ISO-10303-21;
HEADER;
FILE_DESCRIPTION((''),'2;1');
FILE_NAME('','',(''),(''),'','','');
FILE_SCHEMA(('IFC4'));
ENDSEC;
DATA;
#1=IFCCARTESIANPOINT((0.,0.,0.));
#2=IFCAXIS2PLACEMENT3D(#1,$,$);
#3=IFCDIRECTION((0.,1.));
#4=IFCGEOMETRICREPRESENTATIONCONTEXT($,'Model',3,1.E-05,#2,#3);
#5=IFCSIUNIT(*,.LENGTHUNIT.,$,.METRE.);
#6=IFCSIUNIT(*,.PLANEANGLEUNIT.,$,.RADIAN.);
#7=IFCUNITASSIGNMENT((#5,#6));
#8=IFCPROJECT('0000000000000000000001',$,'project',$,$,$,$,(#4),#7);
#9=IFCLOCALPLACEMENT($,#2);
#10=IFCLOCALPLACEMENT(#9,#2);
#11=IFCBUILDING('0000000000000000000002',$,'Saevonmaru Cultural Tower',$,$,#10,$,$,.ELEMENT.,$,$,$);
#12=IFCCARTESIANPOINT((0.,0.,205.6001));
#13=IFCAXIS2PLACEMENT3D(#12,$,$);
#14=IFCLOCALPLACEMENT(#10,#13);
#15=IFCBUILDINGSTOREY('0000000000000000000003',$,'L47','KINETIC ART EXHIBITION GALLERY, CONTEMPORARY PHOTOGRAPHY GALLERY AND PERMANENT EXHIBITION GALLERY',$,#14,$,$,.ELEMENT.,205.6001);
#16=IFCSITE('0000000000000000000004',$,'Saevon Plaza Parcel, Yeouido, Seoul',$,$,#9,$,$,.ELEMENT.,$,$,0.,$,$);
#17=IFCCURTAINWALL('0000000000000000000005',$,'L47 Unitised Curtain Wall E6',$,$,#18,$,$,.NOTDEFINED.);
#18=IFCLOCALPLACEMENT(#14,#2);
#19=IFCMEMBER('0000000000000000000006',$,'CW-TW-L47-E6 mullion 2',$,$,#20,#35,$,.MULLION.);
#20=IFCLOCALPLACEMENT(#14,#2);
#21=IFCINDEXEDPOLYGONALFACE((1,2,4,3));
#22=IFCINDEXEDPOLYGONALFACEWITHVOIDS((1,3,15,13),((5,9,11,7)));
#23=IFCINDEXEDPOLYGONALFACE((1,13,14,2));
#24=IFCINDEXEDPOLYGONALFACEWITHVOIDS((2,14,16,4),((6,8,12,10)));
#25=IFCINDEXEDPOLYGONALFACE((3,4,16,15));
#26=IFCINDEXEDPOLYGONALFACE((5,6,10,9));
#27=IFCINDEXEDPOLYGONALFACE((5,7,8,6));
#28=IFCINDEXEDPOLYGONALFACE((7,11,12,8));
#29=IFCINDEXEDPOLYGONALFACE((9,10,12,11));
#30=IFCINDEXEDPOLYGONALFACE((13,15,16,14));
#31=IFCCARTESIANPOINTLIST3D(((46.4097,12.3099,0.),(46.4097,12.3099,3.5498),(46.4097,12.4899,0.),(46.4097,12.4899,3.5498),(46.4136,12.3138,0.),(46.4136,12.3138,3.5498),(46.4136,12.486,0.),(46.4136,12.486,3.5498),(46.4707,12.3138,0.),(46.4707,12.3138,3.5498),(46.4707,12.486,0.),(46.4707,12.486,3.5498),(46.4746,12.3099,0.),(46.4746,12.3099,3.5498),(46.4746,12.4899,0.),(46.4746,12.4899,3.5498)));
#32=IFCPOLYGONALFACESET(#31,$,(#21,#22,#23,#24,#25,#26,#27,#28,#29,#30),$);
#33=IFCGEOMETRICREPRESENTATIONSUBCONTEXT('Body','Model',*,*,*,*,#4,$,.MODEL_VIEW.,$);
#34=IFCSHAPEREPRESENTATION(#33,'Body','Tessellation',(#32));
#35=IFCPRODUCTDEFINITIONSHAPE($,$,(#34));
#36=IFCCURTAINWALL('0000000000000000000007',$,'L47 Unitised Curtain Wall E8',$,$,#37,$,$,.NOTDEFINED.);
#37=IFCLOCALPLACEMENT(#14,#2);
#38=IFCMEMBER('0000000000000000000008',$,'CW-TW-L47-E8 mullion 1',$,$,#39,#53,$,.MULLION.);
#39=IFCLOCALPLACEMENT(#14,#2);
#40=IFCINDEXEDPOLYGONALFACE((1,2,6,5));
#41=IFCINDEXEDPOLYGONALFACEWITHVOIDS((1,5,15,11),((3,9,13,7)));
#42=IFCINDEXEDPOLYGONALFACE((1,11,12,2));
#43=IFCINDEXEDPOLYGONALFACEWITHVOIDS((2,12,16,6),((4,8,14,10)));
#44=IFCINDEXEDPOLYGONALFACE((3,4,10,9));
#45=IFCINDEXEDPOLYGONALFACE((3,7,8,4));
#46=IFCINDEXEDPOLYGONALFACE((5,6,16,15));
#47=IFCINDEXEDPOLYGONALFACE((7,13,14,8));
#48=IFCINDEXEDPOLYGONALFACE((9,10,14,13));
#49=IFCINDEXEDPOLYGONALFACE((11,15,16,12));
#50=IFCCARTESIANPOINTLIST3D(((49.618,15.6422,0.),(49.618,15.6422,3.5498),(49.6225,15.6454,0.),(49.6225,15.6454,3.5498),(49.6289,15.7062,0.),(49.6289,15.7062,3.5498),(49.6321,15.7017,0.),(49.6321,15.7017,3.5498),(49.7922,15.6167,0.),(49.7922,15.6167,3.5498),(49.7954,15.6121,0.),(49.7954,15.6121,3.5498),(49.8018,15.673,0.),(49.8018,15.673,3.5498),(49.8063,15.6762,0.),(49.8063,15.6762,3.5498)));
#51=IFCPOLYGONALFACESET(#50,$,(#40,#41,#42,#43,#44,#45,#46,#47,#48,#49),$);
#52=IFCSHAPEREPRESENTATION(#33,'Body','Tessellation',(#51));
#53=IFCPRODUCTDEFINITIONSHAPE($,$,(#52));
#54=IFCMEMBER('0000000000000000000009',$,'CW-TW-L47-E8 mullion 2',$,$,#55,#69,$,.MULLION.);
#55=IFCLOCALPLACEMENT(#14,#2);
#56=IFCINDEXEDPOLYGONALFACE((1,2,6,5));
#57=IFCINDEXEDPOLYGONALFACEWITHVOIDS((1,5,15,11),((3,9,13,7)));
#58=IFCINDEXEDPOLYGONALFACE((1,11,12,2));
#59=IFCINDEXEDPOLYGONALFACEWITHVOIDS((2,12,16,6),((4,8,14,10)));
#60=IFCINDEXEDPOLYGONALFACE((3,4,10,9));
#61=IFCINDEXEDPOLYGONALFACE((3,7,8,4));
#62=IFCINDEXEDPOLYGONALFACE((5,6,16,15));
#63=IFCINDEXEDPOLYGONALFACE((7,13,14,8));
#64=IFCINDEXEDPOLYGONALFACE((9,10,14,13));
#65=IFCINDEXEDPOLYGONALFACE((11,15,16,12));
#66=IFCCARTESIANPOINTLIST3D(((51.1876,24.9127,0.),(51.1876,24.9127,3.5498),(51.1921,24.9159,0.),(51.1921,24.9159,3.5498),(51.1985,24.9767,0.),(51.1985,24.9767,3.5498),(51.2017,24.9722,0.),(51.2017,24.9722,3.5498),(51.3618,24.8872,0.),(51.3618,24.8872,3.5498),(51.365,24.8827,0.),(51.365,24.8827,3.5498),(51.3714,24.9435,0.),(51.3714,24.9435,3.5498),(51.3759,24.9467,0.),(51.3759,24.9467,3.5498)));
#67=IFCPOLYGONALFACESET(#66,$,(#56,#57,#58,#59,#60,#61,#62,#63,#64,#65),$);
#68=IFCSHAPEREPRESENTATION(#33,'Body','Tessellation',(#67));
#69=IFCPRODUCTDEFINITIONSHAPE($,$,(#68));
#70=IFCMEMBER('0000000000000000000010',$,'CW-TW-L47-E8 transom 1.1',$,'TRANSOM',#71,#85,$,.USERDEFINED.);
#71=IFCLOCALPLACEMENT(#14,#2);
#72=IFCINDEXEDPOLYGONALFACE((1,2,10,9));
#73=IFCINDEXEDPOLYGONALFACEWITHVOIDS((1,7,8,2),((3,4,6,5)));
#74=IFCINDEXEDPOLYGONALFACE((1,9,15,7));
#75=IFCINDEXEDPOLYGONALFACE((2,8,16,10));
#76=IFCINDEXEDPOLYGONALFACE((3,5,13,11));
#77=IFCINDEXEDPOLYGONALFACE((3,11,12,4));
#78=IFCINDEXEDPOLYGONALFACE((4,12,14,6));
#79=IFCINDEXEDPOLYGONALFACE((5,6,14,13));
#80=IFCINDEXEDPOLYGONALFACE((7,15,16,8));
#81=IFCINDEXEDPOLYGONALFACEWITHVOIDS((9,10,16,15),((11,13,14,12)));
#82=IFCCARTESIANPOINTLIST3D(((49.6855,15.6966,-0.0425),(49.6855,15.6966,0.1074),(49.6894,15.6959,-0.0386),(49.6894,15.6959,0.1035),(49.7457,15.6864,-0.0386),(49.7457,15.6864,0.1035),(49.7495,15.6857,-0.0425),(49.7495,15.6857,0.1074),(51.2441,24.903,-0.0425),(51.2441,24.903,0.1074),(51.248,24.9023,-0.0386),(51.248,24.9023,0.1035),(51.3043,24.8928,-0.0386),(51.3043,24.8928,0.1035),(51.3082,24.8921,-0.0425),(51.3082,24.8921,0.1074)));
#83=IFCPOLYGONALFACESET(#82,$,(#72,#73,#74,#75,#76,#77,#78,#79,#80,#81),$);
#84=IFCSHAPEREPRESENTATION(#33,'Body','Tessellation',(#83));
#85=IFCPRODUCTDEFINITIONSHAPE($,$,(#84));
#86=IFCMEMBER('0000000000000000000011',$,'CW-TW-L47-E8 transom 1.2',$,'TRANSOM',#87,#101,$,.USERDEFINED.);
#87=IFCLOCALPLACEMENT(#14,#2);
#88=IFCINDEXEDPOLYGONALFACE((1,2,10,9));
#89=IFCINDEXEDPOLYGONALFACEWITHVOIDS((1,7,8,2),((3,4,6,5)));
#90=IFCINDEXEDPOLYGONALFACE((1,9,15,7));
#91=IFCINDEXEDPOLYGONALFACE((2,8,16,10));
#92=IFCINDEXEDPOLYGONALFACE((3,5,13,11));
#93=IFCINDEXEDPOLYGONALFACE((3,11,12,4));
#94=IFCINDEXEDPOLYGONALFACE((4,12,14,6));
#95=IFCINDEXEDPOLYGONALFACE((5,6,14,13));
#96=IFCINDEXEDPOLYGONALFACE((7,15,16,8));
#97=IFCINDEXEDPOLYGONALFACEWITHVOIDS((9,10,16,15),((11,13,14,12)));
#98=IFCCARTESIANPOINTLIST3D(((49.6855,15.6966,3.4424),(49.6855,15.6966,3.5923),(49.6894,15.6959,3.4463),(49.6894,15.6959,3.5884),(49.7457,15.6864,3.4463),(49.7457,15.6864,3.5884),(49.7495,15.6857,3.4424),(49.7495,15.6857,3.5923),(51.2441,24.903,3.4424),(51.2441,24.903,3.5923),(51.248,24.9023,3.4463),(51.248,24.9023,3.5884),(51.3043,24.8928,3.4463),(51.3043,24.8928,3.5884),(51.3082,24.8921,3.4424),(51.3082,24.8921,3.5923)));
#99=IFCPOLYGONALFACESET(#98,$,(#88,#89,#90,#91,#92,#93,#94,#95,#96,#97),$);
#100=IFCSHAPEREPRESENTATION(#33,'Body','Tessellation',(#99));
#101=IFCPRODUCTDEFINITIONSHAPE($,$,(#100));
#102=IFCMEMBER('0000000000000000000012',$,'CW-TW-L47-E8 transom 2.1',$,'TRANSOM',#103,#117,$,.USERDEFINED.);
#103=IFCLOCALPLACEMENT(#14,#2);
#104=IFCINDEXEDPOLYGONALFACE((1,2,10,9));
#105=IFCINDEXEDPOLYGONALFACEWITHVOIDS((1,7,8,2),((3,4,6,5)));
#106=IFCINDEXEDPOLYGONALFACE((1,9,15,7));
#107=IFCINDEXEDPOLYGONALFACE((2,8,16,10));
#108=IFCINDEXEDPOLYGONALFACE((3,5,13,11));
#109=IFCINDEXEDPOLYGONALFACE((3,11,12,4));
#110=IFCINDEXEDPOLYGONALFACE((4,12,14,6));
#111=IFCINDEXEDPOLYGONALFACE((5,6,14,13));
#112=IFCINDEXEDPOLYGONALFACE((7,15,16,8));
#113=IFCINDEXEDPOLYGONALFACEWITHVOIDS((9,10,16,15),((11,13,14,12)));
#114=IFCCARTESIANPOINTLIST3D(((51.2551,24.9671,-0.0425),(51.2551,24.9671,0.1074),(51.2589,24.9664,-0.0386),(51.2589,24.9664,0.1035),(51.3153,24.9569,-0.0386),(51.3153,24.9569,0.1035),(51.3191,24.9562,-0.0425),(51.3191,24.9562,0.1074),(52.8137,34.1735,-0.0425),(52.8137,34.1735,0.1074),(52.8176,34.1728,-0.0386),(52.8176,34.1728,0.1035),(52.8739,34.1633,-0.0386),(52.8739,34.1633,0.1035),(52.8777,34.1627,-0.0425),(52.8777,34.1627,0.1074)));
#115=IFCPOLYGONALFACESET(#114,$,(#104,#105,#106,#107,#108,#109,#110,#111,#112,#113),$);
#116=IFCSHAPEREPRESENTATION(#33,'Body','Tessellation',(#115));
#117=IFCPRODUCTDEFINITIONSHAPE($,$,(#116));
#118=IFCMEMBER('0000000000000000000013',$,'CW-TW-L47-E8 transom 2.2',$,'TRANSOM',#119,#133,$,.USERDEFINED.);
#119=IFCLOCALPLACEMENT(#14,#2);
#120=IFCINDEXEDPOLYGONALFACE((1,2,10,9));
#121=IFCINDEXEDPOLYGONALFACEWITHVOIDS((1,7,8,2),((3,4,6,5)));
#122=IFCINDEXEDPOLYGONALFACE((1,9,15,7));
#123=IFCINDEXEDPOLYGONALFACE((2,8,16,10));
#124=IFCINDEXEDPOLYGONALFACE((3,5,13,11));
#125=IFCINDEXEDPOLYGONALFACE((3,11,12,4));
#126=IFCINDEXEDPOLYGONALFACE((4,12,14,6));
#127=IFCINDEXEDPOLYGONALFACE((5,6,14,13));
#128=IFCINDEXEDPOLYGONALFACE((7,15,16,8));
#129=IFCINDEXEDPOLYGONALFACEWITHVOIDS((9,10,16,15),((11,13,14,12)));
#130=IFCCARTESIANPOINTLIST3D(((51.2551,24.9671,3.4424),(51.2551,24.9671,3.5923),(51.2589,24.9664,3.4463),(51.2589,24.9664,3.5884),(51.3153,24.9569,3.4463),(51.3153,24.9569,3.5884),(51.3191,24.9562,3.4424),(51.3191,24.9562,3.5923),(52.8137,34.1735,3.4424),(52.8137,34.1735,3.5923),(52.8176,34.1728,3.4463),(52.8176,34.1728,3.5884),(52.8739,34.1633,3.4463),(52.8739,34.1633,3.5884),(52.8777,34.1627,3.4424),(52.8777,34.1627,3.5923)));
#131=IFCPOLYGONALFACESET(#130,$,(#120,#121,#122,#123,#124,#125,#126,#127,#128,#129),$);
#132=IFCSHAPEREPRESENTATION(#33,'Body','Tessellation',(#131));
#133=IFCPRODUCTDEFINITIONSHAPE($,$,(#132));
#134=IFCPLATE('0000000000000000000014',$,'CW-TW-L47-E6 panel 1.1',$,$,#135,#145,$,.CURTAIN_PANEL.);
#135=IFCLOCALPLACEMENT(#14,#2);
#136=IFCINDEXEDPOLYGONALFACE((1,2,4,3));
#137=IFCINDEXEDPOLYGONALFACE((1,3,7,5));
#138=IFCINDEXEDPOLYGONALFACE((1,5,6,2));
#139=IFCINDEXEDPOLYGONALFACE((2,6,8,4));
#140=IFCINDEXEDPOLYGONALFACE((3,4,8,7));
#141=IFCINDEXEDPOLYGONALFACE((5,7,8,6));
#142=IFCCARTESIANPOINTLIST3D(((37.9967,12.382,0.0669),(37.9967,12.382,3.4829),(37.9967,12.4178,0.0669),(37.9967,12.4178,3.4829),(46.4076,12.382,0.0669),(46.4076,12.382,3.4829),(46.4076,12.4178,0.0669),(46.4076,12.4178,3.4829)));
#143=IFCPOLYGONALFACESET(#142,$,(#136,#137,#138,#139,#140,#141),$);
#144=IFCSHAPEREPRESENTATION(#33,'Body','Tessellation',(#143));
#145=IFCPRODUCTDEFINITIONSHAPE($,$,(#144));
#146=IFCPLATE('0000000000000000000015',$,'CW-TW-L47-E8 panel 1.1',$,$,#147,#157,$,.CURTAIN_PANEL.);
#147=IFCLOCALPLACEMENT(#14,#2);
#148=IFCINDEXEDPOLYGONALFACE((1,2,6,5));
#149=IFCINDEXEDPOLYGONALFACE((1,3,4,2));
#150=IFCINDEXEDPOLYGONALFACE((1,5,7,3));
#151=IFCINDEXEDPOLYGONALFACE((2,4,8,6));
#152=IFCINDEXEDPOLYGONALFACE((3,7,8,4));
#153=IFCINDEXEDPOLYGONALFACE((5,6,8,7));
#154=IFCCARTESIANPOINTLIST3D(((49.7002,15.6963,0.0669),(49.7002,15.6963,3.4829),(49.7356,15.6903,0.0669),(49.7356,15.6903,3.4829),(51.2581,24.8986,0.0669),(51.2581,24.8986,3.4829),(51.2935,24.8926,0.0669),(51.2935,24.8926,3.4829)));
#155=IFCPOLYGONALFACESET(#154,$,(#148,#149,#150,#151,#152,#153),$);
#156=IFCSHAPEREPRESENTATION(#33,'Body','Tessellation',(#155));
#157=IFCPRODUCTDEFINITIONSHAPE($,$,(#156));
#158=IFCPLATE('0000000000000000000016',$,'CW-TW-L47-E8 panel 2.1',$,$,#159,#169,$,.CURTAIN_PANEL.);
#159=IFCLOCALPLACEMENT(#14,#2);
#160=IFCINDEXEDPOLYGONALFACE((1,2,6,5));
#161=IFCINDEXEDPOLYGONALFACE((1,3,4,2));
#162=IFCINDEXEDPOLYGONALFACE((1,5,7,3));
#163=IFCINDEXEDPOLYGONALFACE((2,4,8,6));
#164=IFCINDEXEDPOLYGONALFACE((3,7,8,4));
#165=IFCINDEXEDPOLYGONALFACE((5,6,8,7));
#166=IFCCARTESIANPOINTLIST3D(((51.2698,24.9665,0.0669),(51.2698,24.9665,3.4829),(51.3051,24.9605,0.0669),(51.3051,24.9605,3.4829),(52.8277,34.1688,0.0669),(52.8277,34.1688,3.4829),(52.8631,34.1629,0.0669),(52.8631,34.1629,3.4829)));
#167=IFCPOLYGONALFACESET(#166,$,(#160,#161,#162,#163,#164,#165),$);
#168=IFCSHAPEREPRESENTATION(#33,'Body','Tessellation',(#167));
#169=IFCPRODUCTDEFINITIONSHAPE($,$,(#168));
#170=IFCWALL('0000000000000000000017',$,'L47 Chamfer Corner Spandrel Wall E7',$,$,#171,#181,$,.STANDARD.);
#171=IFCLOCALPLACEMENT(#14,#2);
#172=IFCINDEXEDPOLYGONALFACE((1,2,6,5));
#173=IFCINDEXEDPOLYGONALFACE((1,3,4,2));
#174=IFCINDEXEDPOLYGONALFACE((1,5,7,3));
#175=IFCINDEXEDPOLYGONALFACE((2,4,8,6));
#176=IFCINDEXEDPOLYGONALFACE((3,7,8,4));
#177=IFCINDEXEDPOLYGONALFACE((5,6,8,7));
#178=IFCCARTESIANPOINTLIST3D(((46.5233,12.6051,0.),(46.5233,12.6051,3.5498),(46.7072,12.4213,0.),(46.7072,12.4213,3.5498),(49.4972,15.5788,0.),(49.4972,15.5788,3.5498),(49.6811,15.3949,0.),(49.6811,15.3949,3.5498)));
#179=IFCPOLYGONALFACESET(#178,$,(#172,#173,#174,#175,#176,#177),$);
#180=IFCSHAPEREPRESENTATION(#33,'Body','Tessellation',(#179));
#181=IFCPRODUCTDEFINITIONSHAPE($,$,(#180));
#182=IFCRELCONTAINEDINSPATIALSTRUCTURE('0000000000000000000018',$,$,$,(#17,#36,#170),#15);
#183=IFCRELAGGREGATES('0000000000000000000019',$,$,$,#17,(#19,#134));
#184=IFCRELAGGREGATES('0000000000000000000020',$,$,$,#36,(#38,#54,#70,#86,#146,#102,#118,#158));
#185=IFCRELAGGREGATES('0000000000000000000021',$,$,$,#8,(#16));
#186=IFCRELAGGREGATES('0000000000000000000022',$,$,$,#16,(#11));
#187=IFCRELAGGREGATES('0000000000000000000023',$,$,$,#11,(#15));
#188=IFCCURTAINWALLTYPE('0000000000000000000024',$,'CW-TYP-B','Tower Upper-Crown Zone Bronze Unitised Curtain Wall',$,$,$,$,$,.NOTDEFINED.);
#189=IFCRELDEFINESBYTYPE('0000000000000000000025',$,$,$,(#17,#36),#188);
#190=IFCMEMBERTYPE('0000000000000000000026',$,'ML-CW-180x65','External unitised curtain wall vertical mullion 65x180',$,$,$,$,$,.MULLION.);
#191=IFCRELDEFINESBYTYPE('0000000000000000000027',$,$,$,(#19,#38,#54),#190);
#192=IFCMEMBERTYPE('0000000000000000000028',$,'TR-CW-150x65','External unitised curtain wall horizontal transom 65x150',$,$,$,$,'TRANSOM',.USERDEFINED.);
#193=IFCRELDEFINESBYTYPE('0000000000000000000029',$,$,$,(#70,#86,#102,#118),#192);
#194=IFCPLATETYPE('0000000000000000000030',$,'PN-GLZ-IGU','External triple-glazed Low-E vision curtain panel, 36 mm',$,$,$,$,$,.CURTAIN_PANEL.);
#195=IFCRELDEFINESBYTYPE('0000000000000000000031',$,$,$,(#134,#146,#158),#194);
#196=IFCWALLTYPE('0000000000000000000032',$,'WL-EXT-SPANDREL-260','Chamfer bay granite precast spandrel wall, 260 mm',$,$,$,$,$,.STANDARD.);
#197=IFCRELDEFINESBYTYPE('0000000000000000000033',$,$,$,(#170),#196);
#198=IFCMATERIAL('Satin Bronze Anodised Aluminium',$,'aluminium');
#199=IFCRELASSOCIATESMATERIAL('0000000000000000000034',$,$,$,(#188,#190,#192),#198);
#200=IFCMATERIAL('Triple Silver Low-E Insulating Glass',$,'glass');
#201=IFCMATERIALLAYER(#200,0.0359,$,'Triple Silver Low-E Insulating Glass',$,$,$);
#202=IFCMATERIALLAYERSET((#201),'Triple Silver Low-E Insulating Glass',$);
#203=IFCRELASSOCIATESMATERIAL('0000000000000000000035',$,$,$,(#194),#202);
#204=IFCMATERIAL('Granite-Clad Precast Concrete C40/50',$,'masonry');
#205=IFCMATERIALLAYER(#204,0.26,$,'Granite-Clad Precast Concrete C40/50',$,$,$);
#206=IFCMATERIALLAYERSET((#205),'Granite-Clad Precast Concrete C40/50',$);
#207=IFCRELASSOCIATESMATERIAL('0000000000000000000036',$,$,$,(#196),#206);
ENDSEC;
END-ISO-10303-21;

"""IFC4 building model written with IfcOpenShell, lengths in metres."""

from ifc_helpers import new_model, si_unit, direction, frame, frame_2d, origin, origin_2d, place, context, subcontext, project, spatial, rectangle, hollow_rectangle, extrude, material, layer, layer_set, material_profile, profile_set, type_object, element, aggregate, save


model = new_model("IFC4")

# Units and contexts
model_context = context("Model", 3, precision=1e-05, world=origin(), true_north=direction((0.0, 1.0)))
body_context = subcontext(model_context, "Body", "Model", "MODEL_VIEW")
ifc_project = project(units=[si_unit("LENGTHUNIT", "METRE"), si_unit("PLANEANGLEUNIT", "RADIAN")], contexts=[model_context])

# Site, building, storey
site_placement = place(None, origin())
site = spatial("IfcSite", under=ifc_project, at=site_placement, Name="Saevon Plaza Parcel, Yeouido, Seoul", CompositionType="ELEMENT", RefElevation=0.0)
building_placement = place(site_placement, origin())
building = spatial("IfcBuilding", under=site, at=building_placement, Name="Saevonmaru Cultural Tower", CompositionType="ELEMENT")
storey_placement = place(building_placement, frame((0.0, 0.0, 205.6001)))
storey = spatial("IfcBuildingStorey", under=building, at=storey_placement, Name="L47", Description="KINETIC ART EXHIBITION GALLERY, CONTEMPORARY PHOTOGRAPHY GALLERY AND PERMANENT EXHIBITION GALLERY", CompositionType="ELEMENT", Elevation=205.6001)

# Curtain wall, member
ifc_material_1 = material(Name="Satin Bronze Anodised Aluminium", Category="aluminium")
curtain_wall_type = type_object("IfcCurtainWallType", Name="CW-TYP-B", Description="Tower Upper-Crown Zone Bronze Unitised Curtain Wall", PredefinedType="NOTDEFINED", material=ifc_material_1)
curtain_wall_1_placement = place(storey_placement, origin())
curtain_wall_1 = element("IfcCurtainWall", 1, at=curtain_wall_1_placement, inside=storey, type_object=curtain_wall_type, Name="L47 Unitised Curtain Wall E6", PredefinedType="NOTDEFINED")
ifc_material_profile_1 = material_profile(ifc_material_1, hollow_rectangle(XDim=0.0649, YDim=0.1799, WallThickness=0.0039, at=origin_2d()), Name="ALU-MULL-180x65x4")
ifc_profile_set_1 = profile_set([ifc_material_profile_1], Name="Satin Bronze Anodised Aluminium")
member_type_1 = type_object("IfcMemberType", Name="ML-CW-180x65", Description="External unitised curtain wall vertical mullion 65x180", PredefinedType="MULLION", material=ifc_profile_set_1)
member_1_placement = place(storey_placement, frame((46.4421, 12.3999, 0.0), z_axis=(0.0, 0.0, 1.0), x_axis=(1.0, 0.0, 0.0)))
member_1 = element("IfcMember", 2, at=member_1_placement, type_object=member_type_1, Name="CW-TW-L47-E6 mullion 2", PredefinedType="MULLION", context=body_context, shape_type="SweptSolid", body=[
    extrude(hollow_rectangle(XDim=0.0649, YDim=0.1799, WallThickness=0.0039, at=origin_2d()), origin(), (0.0, 0.0, 1.0), 3.5498),
])

# Curtain wall, members
curtain_wall_2_placement = place(storey_placement, origin())
curtain_wall_2 = element("IfcCurtainWall", 3, at=curtain_wall_2_placement, inside=storey, type_object=curtain_wall_type, Name="L47 Unitised Curtain Wall E8", PredefinedType="NOTDEFINED")
member_2_placement = place(storey_placement, frame((49.7122, 15.6592, 0.0), z_axis=(0.0, 0.0, 1.0), x_axis=(0.166922, 0.98597, 0.0)))
member_2 = element("IfcMember", 4, at=member_2_placement, type_object=member_type_1, Name="CW-TW-L47-E8 mullion 1", PredefinedType="MULLION", context=body_context, shape_type="SweptSolid", body=[
    extrude(hollow_rectangle(XDim=0.0649, YDim=0.1799, WallThickness=0.0039, at=origin_2d()), origin(), (0.0, 0.0, 1.0), 3.5498),
])
member_3_placement = place(storey_placement, frame((51.2817, 24.9297, 0.0), z_axis=(0.0, 0.0, 1.0), x_axis=(0.166922, 0.98597, 0.0)))
member_3 = element("IfcMember", 5, at=member_3_placement, type_object=member_type_1, Name="CW-TW-L47-E8 mullion 2", PredefinedType="MULLION", context=body_context, shape_type="SweptSolid", body=[
    extrude(hollow_rectangle(XDim=0.0649, YDim=0.1799, WallThickness=0.0039, at=origin_2d()), origin(), (0.0, 0.0, 1.0), 3.5498),
])
ifc_material_profile_2 = material_profile(ifc_material_1, hollow_rectangle(XDim=0.0649, YDim=0.1499, WallThickness=0.0039, at=origin_2d()), Name="ALU-TRAN-150x65x4")
ifc_profile_set_2 = profile_set([ifc_material_profile_2], Name="Satin Bronze Anodised Aluminium")
member_type_2 = type_object("IfcMemberType", Name="TR-CW-150x65", Description="External unitised curtain wall horizontal transom 65x150", ElementType="TRANSOM", PredefinedType="USERDEFINED", material=ifc_profile_set_2)
member_4_placement = place(storey_placement, frame((49.7175, 15.6912, 0.0325), z_axis=(0.166921, 0.98597, 0.0), x_axis=(-0.98597, 0.166921, 0.0)))
member_4 = element("IfcMember", 6, at=member_4_placement, type_object=member_type_2, Name="CW-TW-L47-E8 transom 1.1", ObjectType="TRANSOM", PredefinedType="USERDEFINED", context=body_context, shape_type="SweptSolid", body=[
    extrude(hollow_rectangle(XDim=0.0649, YDim=0.1499, WallThickness=0.0039, at=origin_2d()), origin(), (0.0, 0.0, 1.0), 9.3374),
])
member_5_placement = place(storey_placement, frame((49.7175, 15.6912, 3.5173), z_axis=(0.166921, 0.98597, 0.0), x_axis=(-0.98597, 0.166921, 0.0)))
member_5 = element("IfcMember", 7, at=member_5_placement, type_object=member_type_2, Name="CW-TW-L47-E8 transom 1.2", ObjectType="TRANSOM", PredefinedType="USERDEFINED", context=body_context, shape_type="SweptSolid", body=[
    extrude(hollow_rectangle(XDim=0.0649, YDim=0.1499, WallThickness=0.0039, at=origin_2d()), origin(), (0.0, 0.0, 1.0), 9.3374),
])
member_6_placement = place(storey_placement, frame((51.2871, 24.9617, 0.0325), z_axis=(0.166921, 0.98597, 0.0), x_axis=(-0.98597, 0.166921, 0.0)))
member_6 = element("IfcMember", 8, at=member_6_placement, type_object=member_type_2, Name="CW-TW-L47-E8 transom 2.1", ObjectType="TRANSOM", PredefinedType="USERDEFINED", context=body_context, shape_type="SweptSolid", body=[
    extrude(hollow_rectangle(XDim=0.0649, YDim=0.1499, WallThickness=0.0039, at=origin_2d()), origin(), (0.0, 0.0, 1.0), 9.3374),
])
member_7_placement = place(storey_placement, frame((51.2871, 24.9617, 3.5173), z_axis=(0.166921, 0.98597, 0.0), x_axis=(-0.98597, 0.166921, 0.0)))
member_7 = element("IfcMember", 9, at=member_7_placement, type_object=member_type_2, Name="CW-TW-L47-E8 transom 2.2", ObjectType="TRANSOM", PredefinedType="USERDEFINED", context=body_context, shape_type="SweptSolid", body=[
    extrude(hollow_rectangle(XDim=0.0649, YDim=0.1499, WallThickness=0.0039, at=origin_2d()), origin(), (0.0, 0.0, 1.0), 9.3374),
])

# Plates
ifc_material_2 = material(Name="Triple Silver Low-E Insulating Glass", Category="glass")
ifc_layer_1 = layer(ifc_material_2, 0.0359, Name="Triple Silver Low-E Insulating Glass")
ifc_layer_set_1 = layer_set([ifc_layer_1], Name="Triple Silver Low-E Insulating Glass")
plate_type = type_object("IfcPlateType", Name="PN-GLZ-IGU", Description="External triple-glazed Low-E vision curtain panel, 36 mm", PredefinedType="CURTAIN_PANEL", material=ifc_layer_set_1)
plate_1_placement = place(storey_placement, frame((42.2021, 12.3999, 0.0669), z_axis=(0.0, 0.0, 1.0), x_axis=(1.0, 0.0, 0.0)))
plate_1 = element("IfcPlate", 10, at=plate_1_placement, type_object=plate_type, Name="CW-TW-L47-E6 panel 1.1", PredefinedType="CURTAIN_PANEL", context=body_context, shape_type="SweptSolid", body=[
    extrude(rectangle(XDim=8.4109, YDim=0.0359, at=origin_2d()), origin(), (0.0, 0.0, 1.0), 3.416),
])
aggregate(curtain_wall_1, [member_1, plate_1])
plate_2_placement = place(storey_placement, frame((50.4968, 20.2944, 0.0669), z_axis=(0.0, 0.0, 1.0), x_axis=(0.166922, 0.98597, 0.0)))
plate_2 = element("IfcPlate", 11, at=plate_2_placement, type_object=plate_type, Name="CW-TW-L47-E8 panel 1.1", PredefinedType="CURTAIN_PANEL", context=body_context, shape_type="SweptSolid", body=[
    extrude(rectangle(XDim=9.3333, YDim=0.0359, at=origin_2d()), origin(), (0.0, 0.0, 1.0), 3.416),
])
plate_3_placement = place(storey_placement, frame((52.0664, 29.5647, 0.0669), z_axis=(0.0, 0.0, 1.0), x_axis=(0.166922, 0.98597, 0.0)))
plate_3 = element("IfcPlate", 12, at=plate_3_placement, type_object=plate_type, Name="CW-TW-L47-E8 panel 2.1", PredefinedType="CURTAIN_PANEL", context=body_context, shape_type="SweptSolid", body=[
    extrude(rectangle(XDim=9.3333, YDim=0.0359, at=origin_2d()), origin(), (0.0, 0.0, 1.0), 3.416),
])
aggregate(curtain_wall_2, [member_2, member_3, member_4, member_5, plate_2, member_6, member_7, plate_3])

# Wall
ifc_material_3 = material(Name="Granite-Clad Precast Concrete C40/50", Category="masonry")
ifc_layer_2 = layer(ifc_material_3, 0.26, Name="Granite-Clad Precast Concrete C40/50")
ifc_layer_set_2 = layer_set([ifc_layer_2], Name="Granite-Clad Precast Concrete C40/50")
wall_type_1 = type_object("IfcWallType", Name="WL-EXT-SPANDREL-260", Description="Chamfer bay granite precast spandrel wall, 260 mm", PredefinedType="STANDARD", material=ifc_layer_set_2)
wall_1_placement = place(storey_placement, frame((46.6152, 12.5132, 0.0), z_axis=(0.0, 0.0, 1.0), x_axis=(0.707136, 0.707078, 0.0)))
element("IfcWall", 13, at=wall_1_placement, inside=storey, type_object=wall_type_1, Name="L47 Chamfer Corner Spandrel Wall E7", PredefinedType="STANDARD", context=body_context, shape_type="SweptSolid", body=[
    extrude(rectangle(XDim=4.2056, YDim=0.26, at=frame_2d((2.1028, 0.0))), origin(), (0.0, 0.0, 1.0), 3.5498),
])

save(model, "model.ifc")
